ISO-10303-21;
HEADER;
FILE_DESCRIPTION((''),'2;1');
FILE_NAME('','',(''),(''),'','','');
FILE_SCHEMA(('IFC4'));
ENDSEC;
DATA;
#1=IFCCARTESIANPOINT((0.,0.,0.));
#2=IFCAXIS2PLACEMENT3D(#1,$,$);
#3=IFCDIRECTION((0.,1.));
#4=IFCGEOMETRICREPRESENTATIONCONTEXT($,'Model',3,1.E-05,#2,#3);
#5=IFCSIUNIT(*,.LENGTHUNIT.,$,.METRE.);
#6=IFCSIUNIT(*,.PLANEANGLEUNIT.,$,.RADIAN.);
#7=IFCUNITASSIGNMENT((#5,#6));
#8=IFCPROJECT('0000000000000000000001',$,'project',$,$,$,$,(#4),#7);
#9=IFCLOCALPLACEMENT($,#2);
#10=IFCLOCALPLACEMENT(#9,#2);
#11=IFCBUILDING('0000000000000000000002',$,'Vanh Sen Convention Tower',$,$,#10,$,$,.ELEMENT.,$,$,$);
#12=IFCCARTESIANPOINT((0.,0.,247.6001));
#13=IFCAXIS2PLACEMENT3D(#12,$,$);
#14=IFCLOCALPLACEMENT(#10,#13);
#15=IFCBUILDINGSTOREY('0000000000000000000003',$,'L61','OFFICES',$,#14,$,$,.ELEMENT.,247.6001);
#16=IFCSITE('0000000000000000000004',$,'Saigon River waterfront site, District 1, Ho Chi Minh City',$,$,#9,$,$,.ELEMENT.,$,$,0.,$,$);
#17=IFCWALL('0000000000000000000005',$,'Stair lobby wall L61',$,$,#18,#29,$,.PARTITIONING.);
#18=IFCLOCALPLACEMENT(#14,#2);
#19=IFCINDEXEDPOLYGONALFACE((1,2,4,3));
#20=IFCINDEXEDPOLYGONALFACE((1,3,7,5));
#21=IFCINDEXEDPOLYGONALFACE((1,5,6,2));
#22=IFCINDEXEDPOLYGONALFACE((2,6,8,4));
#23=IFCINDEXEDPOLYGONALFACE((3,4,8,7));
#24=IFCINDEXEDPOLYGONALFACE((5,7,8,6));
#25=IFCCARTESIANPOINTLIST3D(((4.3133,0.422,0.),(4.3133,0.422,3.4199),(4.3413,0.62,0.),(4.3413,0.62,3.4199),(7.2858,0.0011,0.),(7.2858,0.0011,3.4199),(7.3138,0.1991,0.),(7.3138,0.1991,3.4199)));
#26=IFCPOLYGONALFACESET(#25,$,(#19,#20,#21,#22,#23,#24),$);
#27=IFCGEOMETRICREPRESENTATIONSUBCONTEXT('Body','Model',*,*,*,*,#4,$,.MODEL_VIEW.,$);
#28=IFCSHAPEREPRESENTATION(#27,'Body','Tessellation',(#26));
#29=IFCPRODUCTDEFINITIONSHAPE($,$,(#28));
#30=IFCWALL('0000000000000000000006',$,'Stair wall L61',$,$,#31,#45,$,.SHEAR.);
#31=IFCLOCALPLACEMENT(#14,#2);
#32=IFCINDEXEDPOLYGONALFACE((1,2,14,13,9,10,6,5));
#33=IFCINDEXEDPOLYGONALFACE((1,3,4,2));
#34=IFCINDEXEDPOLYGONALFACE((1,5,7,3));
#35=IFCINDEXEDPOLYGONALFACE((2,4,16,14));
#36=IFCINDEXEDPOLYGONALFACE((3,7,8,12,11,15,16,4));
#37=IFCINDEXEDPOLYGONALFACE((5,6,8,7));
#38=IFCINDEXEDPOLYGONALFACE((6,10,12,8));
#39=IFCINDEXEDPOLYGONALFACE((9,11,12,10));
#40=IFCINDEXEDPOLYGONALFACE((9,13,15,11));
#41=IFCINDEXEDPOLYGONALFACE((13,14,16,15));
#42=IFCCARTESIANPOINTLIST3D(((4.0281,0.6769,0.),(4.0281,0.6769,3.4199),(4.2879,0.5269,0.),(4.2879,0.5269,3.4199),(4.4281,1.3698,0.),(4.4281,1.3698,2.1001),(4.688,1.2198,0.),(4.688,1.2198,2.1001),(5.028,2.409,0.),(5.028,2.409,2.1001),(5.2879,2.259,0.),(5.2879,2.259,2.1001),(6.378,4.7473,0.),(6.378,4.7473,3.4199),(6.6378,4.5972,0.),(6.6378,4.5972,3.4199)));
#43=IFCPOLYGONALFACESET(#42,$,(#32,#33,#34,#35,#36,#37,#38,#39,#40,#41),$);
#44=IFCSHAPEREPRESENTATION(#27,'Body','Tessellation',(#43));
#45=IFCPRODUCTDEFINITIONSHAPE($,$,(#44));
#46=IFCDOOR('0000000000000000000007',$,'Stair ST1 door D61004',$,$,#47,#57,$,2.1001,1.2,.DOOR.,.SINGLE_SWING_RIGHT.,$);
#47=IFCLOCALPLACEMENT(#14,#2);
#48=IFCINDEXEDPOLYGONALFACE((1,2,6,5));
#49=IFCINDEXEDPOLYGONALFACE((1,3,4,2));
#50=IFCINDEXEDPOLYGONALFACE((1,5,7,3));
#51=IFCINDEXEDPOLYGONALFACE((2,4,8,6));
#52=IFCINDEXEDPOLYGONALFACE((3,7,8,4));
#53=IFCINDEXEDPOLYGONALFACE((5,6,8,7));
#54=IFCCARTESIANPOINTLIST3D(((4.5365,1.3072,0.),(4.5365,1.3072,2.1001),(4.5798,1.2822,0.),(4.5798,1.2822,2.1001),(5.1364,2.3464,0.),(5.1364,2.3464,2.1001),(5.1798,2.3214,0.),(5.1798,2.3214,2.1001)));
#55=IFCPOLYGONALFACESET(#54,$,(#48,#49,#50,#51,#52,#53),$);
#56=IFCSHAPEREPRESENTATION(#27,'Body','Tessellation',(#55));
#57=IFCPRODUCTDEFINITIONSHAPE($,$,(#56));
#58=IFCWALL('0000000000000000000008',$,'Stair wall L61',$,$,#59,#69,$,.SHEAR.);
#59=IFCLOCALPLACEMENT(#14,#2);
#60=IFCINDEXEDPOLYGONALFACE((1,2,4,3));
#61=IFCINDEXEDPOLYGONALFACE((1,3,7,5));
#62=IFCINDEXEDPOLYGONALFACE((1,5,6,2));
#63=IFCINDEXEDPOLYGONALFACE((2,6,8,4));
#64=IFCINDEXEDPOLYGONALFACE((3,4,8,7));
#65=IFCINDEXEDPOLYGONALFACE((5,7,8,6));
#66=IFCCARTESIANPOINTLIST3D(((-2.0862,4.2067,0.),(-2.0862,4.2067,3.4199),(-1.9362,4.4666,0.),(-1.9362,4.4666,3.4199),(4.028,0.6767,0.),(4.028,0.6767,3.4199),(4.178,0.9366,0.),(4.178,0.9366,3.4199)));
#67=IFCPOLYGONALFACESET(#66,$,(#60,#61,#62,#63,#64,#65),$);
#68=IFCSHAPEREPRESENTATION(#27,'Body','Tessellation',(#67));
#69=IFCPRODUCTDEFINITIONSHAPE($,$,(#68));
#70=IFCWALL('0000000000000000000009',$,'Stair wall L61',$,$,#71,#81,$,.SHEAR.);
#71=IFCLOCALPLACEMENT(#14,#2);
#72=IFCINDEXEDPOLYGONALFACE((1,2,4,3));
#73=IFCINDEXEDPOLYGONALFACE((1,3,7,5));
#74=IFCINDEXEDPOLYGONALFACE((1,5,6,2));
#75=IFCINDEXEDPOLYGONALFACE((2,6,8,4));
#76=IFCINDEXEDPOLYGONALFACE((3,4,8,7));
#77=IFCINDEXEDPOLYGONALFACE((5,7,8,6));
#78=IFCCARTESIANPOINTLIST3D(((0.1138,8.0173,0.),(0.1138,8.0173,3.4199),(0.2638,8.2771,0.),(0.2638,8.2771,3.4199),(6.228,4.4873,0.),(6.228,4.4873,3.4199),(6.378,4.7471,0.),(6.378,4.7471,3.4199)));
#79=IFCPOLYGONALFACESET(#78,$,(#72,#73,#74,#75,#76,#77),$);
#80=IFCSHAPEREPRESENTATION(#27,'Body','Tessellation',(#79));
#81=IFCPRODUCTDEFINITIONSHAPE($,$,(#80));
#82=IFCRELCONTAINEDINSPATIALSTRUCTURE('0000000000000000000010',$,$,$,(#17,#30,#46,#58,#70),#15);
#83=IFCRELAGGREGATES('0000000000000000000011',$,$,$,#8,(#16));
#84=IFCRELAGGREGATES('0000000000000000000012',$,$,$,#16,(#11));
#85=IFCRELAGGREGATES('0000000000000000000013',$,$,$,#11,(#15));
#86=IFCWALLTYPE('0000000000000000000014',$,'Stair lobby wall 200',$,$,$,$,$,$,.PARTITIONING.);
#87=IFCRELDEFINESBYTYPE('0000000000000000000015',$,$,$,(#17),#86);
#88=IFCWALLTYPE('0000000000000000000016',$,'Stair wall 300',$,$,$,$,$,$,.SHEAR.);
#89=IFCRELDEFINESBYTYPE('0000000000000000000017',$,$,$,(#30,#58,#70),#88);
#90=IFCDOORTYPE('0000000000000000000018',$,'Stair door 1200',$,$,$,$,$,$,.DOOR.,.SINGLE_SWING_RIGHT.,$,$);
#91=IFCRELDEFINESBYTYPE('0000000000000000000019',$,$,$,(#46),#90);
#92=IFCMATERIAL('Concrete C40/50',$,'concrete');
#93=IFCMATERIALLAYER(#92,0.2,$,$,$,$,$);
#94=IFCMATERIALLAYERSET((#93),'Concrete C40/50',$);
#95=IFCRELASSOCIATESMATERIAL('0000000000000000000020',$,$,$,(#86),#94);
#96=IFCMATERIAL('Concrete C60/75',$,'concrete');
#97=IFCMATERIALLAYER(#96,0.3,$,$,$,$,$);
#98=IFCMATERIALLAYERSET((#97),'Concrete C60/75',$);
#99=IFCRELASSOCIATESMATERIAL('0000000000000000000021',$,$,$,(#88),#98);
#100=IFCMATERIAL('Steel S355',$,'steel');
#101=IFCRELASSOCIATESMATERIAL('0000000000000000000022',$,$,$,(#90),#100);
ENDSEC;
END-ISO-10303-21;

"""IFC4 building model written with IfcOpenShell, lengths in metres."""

from ifc_helpers import new_model, si_unit, direction, frame, frame_2d, origin, place, context, subcontext, project, spatial, rectangle, extrude, material, layer, layer_set, type_object, element, fill, save


model = new_model("IFC4")

# Units and contexts
model_context = context("Model", 3, precision=1e-05, world=origin(), true_north=direction((0.0, 1.0)))
body_context = subcontext(model_context, "Body", "Model", "MODEL_VIEW")
ifc_project = project(units=[si_unit("LENGTHUNIT", "METRE"), si_unit("PLANEANGLEUNIT", "RADIAN")], contexts=[model_context])

# Site, building, storey
site_placement = place(None, origin())
site = spatial("IfcSite", under=ifc_project, at=site_placement, Name="Saigon River waterfront site, District 1, Ho Chi Minh City", CompositionType="ELEMENT", RefElevation=0.0)
building_placement = place(site_placement, origin())
building = spatial("IfcBuilding", under=site, at=building_placement, Name="Vanh Sen Convention Tower", CompositionType="ELEMENT")
storey_placement = place(building_placement, frame((0.0, 0.0, 247.6001)))
storey = spatial("IfcBuildingStorey", under=building, at=storey_placement, Name="L61", Description="OFFICES", CompositionType="ELEMENT", Elevation=247.6001)

# Shared definitions
ifc_material_1 = material(Name="Concrete C40/50", Category="concrete")

# Shared definitions
ifc_material_2 = material(Name="Concrete C60/75", Category="concrete")
ifc_material_3 = material(Name="Steel S355", Category="steel")

# Wall
ifc_layer_1 = layer(ifc_material_1, 0.2)
ifc_layer_set_1 = layer_set([ifc_layer_1], Name="Concrete C40/50")
wall_type_1 = type_object("IfcWallType", Name="Stair lobby wall 200", PredefinedType="PARTITIONING", material=ifc_layer_set_1)
wall_1_placement = place(storey_placement, frame((4.3274, 0.521, 0.0), z_axis=(0.0, 0.0, 1.0), x_axis=(0.990124, -0.140192, 0.0)))
element("IfcWall", 1, at=wall_1_placement, inside=storey, type_object=wall_type_1, Name="Stair lobby wall L61", PredefinedType="PARTITIONING", context=body_context, shape_type="SweptSolid", body=[
    extrude(rectangle(XDim=3.0022, YDim=0.2, at=frame_2d((1.501, 0.0))), origin(), (0.0, 0.0, 1.0), 3.4199),
])

# Wall, opening, door
ifc_layer_2 = layer(ifc_material_2, 0.3)
ifc_layer_set_2 = layer_set([ifc_layer_2], Name="Concrete C60/75")
wall_type_2 = type_object("IfcWallType", Name="Stair wall 300", PredefinedType="SHEAR", material=ifc_layer_set_2)
wall_2_placement = place(storey_placement, frame((4.158, 0.6018, 0.0), z_axis=(0.0, 0.0, 1.0), x_axis=(0.499977, 0.866039, 0.0)))
wall_2 = element("IfcWall", 2, at=wall_2_placement, inside=storey, type_object=wall_type_2, Name="Stair wall L61", PredefinedType="SHEAR", context=body_context, shape_type="SweptSolid", body=[
    extrude(rectangle(XDim=4.7, YDim=0.3, at=frame_2d((2.3501, 0.0))), origin(), (0.0, 0.0, 1.0), 3.4199),
])
opening_1_placement = place(wall_2_placement, frame((0.8, 0.0, 0.0)))
opening_1 = element("IfcOpeningElement", 3, at=opening_1_placement, cuts=wall_2, PredefinedType="OPENING", context=body_context, shape_type="SweptSolid", body=[
    extrude(rectangle(XDim=1.2, YDim=2.1001, at=frame_2d((0.6001, 1.05))), frame((0.0, 0.1599, 0.0), z_axis=(0.0, -1.0, 0.0), x_axis=(1.0, 0.0, 0.0)), (0.0, 0.0, 1.0), 0.3201),
])
door_type_1 = type_object("IfcDoorType", Name="Stair door 1200", OperationType="SINGLE_SWING_RIGHT", PredefinedType="DOOR", material=ifc_material_3)
door_1_placement = place(opening_1_placement, origin())
door_1 = element("IfcDoor", 4, at=door_1_placement, inside=storey, type_object=door_type_1, Name="Stair ST1 door D61004", OperationType="SINGLE_SWING_RIGHT", OverallHeight=2.1001, OverallWidth=1.2, PredefinedType="DOOR", context=body_context, shape_type="SweptSolid", body=[
    extrude(rectangle(XDim=1.2, YDim=2.1001, at=frame_2d((0.6001, 1.05))), frame((0.0, 0.0249, 0.0), z_axis=(0.0, -1.0, 0.0), x_axis=(1.0, 0.0, 0.0)), (0.0, 0.0, 1.0), 0.05),
])
fill(opening_1, door_1)

# Walls
for number, where, z_axis, x_axis, name in (
    (5, (4.103, 0.8066, 0.0), (0.0, 0.0, 1.0), (-0.866028, 0.499996, 0.0), "Stair wall L61"),
    (6, (6.303, 4.6172, 0.0), (0.0, 0.0, 1.0), (-0.866028, 0.499996, 0.0), "Stair wall L61"),
):
    element("IfcWall", number, at=place(storey_placement, frame(where, z_axis=z_axis, x_axis=x_axis)), inside=storey, type_object=wall_type_2, Name=name, PredefinedType="SHEAR", context=body_context, shape_type="SweptSolid", body=[
        extrude(rectangle(XDim=7.0601, YDim=0.3, at=frame_2d((3.53, 0.0))), origin(), (0.0, 0.0, 1.0), 3.4199),
    ])

save(model, "model.ifc")
